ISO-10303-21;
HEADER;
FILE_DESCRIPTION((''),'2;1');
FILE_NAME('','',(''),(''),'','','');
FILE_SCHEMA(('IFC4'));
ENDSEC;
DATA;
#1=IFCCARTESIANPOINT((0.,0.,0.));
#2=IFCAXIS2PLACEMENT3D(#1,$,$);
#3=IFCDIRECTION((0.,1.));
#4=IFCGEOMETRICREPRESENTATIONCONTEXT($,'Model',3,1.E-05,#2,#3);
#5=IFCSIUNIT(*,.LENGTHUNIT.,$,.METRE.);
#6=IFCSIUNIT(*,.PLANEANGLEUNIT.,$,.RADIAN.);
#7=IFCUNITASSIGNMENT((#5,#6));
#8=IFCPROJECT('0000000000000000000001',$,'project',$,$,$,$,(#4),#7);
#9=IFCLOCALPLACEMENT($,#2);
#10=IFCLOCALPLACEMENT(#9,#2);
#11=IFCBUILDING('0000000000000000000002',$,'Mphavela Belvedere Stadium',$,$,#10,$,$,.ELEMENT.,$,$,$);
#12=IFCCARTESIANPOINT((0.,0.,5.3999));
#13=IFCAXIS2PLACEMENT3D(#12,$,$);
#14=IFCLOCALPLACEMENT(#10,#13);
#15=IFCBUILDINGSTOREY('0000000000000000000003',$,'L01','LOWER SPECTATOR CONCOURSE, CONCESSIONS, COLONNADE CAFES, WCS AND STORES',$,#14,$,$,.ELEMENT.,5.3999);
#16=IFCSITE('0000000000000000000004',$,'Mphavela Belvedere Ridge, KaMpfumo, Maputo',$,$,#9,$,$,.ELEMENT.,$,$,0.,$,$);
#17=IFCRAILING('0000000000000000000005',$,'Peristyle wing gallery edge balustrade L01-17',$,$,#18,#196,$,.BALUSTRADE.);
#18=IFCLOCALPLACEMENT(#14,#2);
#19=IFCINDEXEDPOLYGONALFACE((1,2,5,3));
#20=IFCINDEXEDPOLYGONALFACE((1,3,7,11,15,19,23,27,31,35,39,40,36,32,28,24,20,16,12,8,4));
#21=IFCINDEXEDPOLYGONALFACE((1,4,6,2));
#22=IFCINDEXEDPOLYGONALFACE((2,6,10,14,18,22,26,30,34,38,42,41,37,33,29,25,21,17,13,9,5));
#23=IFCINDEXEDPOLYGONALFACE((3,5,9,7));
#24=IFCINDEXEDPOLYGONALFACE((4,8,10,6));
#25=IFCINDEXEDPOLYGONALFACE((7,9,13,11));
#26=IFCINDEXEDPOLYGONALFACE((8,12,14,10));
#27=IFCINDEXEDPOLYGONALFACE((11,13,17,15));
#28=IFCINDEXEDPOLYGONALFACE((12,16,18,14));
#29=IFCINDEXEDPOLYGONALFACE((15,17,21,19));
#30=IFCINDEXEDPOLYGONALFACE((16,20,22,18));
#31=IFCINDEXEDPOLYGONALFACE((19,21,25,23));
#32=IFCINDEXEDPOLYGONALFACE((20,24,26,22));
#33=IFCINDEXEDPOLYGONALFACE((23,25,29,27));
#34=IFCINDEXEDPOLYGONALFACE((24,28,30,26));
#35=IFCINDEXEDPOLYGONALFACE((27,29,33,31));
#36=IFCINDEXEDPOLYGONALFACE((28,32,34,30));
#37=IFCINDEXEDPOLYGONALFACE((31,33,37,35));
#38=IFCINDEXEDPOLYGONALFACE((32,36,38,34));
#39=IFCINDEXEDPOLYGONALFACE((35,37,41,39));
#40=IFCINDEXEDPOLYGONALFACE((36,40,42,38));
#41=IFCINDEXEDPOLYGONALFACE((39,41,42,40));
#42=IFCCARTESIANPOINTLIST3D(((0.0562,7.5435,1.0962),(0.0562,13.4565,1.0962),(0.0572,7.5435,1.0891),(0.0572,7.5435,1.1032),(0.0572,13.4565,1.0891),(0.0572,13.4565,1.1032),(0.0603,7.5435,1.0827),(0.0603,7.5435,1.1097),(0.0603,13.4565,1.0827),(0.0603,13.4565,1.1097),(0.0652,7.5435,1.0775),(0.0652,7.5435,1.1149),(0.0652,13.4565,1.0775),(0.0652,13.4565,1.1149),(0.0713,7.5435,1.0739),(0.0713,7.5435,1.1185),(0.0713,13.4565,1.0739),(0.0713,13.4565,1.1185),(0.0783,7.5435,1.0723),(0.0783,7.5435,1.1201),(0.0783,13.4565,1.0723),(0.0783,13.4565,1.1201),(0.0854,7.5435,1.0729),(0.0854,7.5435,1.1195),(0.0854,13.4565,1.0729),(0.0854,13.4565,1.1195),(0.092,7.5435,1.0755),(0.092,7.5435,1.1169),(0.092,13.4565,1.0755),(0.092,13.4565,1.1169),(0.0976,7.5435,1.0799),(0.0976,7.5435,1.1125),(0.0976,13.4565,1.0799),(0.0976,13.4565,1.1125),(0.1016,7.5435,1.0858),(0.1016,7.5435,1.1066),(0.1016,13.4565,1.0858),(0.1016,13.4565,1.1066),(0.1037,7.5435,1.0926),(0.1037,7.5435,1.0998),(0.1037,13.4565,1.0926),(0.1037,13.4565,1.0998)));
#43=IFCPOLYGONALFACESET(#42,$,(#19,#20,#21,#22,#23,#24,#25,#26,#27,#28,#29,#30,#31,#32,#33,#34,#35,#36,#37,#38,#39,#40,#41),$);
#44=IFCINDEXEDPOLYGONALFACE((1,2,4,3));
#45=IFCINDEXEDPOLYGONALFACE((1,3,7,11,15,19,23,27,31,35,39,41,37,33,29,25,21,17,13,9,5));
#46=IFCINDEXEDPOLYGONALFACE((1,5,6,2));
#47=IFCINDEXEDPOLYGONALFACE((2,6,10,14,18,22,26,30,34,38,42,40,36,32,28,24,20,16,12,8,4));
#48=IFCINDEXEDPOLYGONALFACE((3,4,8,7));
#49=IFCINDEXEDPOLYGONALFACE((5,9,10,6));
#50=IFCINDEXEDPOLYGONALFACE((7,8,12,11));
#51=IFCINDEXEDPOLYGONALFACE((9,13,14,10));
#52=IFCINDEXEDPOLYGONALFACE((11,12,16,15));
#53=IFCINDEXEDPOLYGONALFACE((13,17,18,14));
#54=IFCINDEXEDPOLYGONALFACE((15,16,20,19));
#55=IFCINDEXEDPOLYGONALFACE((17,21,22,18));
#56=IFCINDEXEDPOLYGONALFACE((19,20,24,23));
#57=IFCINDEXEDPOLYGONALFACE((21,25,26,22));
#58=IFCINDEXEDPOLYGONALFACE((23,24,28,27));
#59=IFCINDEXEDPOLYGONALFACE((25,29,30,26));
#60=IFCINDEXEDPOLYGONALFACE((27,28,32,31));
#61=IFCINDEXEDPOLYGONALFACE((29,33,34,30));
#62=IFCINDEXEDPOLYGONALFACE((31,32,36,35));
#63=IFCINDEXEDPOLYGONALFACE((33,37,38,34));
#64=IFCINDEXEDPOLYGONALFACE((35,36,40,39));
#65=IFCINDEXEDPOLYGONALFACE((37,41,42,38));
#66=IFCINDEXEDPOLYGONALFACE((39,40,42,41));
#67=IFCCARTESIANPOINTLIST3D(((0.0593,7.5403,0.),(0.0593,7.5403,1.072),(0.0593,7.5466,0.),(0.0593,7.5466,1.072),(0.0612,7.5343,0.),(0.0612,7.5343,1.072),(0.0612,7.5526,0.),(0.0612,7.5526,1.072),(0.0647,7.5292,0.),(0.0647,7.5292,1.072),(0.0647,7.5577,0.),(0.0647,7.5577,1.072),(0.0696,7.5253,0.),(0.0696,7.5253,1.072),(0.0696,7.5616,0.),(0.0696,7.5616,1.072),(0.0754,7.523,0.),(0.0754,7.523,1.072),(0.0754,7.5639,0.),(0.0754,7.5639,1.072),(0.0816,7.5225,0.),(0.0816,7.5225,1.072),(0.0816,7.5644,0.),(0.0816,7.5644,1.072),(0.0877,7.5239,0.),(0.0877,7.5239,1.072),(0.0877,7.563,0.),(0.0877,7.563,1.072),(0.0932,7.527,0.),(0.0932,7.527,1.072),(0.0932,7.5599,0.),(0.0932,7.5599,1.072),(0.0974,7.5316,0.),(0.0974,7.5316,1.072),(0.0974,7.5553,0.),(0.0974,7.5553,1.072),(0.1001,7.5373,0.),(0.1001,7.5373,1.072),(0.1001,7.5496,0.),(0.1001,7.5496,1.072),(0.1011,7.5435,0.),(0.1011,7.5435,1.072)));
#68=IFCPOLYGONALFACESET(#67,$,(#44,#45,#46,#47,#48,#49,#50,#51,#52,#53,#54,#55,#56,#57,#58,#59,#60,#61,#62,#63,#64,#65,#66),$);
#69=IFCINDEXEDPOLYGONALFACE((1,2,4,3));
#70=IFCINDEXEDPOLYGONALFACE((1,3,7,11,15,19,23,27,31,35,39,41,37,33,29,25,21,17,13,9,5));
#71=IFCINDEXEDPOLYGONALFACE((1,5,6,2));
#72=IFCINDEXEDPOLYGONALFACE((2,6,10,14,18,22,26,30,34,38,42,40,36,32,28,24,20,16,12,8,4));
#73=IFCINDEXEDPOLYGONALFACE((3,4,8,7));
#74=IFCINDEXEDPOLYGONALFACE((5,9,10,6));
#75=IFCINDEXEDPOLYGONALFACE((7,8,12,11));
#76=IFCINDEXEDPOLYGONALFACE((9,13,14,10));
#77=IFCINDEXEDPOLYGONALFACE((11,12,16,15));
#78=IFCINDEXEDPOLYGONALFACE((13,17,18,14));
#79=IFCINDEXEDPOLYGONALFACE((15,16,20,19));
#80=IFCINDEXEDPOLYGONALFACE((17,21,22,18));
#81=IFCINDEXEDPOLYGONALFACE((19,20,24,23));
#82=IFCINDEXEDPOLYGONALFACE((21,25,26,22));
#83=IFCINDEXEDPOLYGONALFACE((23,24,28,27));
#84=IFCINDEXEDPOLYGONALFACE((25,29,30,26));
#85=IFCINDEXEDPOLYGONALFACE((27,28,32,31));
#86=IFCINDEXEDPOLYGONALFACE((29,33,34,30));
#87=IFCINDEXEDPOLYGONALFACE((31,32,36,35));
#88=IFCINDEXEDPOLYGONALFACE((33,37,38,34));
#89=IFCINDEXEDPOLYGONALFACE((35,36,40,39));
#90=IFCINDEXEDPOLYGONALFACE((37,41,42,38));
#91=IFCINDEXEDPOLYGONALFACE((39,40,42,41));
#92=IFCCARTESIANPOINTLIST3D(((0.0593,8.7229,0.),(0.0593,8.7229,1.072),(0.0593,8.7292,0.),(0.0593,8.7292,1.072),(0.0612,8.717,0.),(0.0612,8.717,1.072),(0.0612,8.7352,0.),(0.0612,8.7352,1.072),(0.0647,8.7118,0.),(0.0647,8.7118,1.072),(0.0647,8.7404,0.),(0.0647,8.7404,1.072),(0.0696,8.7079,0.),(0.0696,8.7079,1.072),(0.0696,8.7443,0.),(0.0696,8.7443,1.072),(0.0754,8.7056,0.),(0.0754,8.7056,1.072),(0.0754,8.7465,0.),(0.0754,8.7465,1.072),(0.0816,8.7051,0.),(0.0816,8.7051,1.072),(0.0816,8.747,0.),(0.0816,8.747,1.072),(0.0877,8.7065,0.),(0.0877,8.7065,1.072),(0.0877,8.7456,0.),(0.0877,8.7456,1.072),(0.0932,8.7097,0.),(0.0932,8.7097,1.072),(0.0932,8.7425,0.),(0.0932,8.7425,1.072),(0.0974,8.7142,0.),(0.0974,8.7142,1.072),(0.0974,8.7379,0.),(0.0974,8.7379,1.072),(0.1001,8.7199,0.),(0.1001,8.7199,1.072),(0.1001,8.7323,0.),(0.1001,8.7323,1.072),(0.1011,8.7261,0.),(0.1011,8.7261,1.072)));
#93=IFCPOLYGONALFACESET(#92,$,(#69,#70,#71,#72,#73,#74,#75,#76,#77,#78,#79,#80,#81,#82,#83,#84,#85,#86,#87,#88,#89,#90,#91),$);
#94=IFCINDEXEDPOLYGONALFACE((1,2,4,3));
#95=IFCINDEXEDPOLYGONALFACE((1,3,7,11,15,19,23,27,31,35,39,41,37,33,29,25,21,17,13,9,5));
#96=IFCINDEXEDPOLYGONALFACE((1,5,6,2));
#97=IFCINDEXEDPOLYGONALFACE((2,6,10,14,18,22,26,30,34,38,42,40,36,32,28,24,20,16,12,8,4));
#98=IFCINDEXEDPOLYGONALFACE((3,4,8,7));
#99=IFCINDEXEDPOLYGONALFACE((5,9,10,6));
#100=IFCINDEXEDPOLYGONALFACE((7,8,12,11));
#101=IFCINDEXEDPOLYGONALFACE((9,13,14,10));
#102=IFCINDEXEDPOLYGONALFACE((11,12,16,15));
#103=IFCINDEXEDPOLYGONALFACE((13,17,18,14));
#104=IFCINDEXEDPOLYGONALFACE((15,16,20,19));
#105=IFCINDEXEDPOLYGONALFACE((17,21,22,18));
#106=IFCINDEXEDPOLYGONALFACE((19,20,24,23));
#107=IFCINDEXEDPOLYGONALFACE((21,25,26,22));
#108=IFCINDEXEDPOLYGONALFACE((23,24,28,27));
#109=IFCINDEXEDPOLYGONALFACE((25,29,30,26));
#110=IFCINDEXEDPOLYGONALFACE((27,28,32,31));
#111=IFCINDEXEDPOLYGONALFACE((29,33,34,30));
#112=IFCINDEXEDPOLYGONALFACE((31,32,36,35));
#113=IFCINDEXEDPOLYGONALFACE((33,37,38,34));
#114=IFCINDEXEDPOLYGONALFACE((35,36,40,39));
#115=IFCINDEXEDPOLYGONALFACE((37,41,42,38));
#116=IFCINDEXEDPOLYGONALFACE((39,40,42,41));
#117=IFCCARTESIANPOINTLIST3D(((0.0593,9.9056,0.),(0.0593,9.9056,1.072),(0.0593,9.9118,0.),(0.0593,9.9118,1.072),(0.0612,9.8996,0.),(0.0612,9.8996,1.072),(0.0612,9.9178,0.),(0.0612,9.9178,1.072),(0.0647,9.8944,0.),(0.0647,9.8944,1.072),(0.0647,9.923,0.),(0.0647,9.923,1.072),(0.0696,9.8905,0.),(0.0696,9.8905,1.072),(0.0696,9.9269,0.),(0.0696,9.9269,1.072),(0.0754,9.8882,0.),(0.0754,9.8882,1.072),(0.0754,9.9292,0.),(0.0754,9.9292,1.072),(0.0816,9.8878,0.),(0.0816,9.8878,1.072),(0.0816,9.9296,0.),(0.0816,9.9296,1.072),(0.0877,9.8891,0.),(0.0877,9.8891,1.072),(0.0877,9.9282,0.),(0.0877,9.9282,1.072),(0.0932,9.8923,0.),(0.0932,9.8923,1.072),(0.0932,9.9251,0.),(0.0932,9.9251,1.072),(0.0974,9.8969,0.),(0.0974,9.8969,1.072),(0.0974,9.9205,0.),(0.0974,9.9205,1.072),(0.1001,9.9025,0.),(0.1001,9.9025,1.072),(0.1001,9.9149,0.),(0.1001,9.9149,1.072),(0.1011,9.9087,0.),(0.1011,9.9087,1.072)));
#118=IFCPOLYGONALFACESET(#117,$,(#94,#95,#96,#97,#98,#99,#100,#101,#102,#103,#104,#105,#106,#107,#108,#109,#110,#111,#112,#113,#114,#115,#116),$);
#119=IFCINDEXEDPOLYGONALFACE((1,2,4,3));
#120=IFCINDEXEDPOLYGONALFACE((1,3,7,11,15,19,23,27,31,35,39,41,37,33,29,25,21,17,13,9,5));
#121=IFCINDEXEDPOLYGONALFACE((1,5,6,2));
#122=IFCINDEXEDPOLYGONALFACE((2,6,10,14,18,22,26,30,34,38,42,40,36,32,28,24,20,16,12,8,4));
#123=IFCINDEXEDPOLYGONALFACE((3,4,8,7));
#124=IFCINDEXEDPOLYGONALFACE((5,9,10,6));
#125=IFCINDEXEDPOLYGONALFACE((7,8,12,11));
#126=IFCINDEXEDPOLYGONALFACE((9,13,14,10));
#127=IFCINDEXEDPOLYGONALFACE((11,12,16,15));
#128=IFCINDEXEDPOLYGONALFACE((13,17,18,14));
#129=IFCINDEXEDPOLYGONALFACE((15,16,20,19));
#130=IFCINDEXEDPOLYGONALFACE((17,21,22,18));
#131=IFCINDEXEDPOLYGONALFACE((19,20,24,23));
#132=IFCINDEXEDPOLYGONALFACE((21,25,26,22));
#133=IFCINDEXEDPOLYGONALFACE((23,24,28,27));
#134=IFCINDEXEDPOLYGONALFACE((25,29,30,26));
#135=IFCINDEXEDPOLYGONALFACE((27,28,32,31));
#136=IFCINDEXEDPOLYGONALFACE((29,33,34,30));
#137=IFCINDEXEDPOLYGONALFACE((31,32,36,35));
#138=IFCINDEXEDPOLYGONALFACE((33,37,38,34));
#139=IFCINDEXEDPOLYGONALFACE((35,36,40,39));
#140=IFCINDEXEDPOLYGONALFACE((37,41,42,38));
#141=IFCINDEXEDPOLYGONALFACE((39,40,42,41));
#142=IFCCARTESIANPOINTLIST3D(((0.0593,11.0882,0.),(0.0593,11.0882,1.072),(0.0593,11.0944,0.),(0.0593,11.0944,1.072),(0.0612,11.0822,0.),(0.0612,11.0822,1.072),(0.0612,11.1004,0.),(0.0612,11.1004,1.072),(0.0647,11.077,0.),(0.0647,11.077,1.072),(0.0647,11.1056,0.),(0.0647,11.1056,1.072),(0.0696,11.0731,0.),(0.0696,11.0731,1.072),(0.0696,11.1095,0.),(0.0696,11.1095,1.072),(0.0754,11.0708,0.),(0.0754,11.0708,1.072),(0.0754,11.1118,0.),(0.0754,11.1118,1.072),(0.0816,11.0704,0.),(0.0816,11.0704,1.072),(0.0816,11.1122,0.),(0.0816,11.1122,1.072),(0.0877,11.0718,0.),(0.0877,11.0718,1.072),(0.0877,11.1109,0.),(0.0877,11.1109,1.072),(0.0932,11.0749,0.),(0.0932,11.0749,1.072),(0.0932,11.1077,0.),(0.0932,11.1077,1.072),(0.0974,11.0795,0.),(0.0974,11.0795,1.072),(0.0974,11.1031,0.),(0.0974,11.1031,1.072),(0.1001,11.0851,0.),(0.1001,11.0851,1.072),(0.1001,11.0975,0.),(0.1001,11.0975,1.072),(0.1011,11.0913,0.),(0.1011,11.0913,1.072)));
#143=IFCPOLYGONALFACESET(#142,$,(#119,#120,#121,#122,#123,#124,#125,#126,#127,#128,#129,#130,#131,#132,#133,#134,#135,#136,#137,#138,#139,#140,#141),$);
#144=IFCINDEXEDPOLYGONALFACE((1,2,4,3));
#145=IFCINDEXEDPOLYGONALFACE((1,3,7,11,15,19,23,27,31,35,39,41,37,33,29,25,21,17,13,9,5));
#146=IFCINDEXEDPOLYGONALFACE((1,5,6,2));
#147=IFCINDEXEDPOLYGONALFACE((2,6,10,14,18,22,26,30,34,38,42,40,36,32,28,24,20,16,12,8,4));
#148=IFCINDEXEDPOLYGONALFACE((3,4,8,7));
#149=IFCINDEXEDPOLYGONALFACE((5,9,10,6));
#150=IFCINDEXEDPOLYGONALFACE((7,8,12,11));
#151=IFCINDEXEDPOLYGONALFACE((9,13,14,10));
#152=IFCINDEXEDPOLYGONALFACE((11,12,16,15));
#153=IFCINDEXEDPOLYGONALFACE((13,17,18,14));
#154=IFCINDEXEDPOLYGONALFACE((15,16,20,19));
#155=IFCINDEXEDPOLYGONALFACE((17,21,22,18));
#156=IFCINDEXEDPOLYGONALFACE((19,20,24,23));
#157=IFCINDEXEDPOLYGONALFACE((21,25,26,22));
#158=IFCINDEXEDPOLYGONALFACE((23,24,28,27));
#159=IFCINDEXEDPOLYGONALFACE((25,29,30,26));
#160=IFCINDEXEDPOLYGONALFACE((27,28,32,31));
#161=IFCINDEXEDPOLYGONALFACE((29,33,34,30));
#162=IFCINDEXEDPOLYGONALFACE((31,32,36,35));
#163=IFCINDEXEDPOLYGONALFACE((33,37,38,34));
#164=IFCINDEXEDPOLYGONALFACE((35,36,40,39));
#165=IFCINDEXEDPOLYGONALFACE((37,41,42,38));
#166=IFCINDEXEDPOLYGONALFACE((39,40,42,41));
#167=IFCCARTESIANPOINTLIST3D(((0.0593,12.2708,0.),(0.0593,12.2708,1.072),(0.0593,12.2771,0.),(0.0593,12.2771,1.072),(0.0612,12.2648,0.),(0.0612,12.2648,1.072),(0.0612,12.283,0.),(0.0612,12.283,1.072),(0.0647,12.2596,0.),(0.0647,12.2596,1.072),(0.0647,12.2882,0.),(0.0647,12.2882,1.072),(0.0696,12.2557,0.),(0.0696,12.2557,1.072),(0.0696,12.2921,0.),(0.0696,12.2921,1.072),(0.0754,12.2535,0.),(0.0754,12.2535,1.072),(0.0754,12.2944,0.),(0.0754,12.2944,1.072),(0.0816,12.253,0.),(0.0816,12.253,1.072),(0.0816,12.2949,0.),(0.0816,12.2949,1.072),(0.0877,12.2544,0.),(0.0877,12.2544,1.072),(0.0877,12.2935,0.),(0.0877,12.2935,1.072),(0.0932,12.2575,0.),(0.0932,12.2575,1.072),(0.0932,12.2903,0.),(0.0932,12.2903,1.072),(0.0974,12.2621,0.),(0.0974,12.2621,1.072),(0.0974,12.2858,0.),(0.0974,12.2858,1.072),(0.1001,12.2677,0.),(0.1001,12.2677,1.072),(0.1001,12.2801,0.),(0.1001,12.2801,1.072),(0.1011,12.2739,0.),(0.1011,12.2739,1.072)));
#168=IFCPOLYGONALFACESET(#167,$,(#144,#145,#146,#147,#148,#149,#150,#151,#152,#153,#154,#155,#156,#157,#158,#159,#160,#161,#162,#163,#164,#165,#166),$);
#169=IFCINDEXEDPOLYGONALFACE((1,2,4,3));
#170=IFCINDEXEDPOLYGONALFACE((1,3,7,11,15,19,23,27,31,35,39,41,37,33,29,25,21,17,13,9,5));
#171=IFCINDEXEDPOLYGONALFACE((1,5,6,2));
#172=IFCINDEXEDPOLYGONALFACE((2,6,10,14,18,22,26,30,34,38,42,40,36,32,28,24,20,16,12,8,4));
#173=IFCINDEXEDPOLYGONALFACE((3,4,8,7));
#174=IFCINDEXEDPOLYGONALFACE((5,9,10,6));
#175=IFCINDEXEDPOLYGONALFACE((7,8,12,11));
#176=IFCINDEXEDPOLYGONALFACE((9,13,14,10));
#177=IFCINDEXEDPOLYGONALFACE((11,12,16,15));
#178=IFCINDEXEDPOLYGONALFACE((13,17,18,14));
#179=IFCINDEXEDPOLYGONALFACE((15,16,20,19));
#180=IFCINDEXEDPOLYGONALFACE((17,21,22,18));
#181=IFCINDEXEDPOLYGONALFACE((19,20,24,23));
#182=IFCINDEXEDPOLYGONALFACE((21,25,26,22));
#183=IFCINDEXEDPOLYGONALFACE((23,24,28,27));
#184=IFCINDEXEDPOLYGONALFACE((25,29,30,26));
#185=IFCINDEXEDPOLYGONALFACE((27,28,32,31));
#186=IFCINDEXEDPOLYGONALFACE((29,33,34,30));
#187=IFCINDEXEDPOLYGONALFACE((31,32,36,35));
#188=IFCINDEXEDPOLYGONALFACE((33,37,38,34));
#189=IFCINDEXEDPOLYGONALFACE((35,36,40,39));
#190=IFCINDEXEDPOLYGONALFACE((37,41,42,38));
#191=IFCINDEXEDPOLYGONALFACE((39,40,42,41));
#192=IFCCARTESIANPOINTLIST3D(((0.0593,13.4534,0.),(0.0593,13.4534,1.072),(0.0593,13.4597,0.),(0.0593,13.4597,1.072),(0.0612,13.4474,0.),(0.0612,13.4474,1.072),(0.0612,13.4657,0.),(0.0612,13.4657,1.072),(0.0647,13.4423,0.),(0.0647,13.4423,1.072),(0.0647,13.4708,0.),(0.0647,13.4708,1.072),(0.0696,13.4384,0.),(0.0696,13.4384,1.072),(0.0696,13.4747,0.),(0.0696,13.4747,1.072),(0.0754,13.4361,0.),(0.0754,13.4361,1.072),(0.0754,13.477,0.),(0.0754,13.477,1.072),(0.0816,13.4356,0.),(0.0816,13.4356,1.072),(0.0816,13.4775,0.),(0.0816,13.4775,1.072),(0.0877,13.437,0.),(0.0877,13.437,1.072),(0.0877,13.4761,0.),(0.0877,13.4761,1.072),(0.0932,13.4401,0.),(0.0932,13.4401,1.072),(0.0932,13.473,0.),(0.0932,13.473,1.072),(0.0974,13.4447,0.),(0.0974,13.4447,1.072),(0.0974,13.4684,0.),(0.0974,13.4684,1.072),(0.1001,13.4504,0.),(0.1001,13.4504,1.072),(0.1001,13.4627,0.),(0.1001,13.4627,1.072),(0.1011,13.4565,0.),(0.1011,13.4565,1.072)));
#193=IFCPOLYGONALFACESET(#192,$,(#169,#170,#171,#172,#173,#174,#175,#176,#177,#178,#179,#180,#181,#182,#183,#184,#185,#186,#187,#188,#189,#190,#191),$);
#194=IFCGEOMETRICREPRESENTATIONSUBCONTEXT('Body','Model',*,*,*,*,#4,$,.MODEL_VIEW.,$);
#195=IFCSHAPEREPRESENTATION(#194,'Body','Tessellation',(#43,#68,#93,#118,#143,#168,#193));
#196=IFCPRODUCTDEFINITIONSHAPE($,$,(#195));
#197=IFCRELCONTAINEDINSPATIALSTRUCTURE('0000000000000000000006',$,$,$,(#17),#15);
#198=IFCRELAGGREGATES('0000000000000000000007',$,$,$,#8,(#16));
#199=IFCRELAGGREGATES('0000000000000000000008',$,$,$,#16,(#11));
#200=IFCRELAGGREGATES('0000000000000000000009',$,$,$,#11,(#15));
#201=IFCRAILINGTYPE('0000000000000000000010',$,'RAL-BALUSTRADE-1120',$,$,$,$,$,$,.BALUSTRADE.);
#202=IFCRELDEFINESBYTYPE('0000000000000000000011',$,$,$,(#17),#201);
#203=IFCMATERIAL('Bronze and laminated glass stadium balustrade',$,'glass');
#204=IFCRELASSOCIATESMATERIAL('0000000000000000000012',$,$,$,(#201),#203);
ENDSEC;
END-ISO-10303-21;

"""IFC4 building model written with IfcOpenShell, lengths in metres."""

from ifc_helpers import new_model, si_unit, direction, frame, origin, origin_2d, place, context, subcontext, project, spatial, circle, extrude, material, type_object, element, save


model = new_model("IFC4")

# Units and contexts
model_context = context("Model", 3, precision=1e-05, world=origin(), true_north=direction((0.0, 1.0)))
body_context = subcontext(model_context, "Body", "Model", "MODEL_VIEW")
ifc_project = project(units=[si_unit("LENGTHUNIT", "METRE"), si_unit("PLANEANGLEUNIT", "RADIAN")], contexts=[model_context])

# Site, building, storey
site_placement = place(None, origin())
site = spatial("IfcSite", under=ifc_project, at=site_placement, Name="Mphavela Belvedere Ridge, KaMpfumo, Maputo", CompositionType="ELEMENT", RefElevation=0.0)
building_placement = place(site_placement, origin())
building = spatial("IfcBuilding", under=site, at=building_placement, Name="Mphavela Belvedere Stadium", CompositionType="ELEMENT")
storey_placement = place(building_placement, frame((0.0, 0.0, 5.3999)))
storey = spatial("IfcBuildingStorey", under=building, at=storey_placement, Name="L01", Description="LOWER SPECTATOR CONCOURSE, CONCESSIONS, COLONNADE CAFES, WCS AND STORES", CompositionType="ELEMENT", Elevation=5.3999)

# Railing
ifc_material_1 = material(Name="Bronze and laminated glass stadium balustrade", Category="glass")
railing_type = type_object("IfcRailingType", Name="RAL-BALUSTRADE-1120", PredefinedType="BALUSTRADE", material=ifc_material_1)
for number, where, name in (
    (1, (0.0801, 7.5435, 0.0), "Peristyle wing gallery edge balustrade L01-17"),
):
    element("IfcRailing", number, at=place(storey_placement, frame(where)), inside=storey, type_object=railing_type, Name=name, PredefinedType="BALUSTRADE", context=body_context, shape_type="SweptSolid", body=[
        extrude(circle(Radius=0.0239, at=origin_2d()), frame((0.0, 0.0, 1.0962), z_axis=(0.0, 1.0, 0.0), x_axis=(-1.0, 0.0, 0.0)), (0.0, 0.0, 1.0), 5.9131),
        extrude(circle(Radius=0.021, at=origin_2d()), origin(), (0.0, 0.0, 1.0), 1.072),
        extrude(circle(Radius=0.021, at=origin_2d()), frame((0.0, 1.1826, 0.0)), (0.0, 0.0, 1.0), 1.072),
        extrude(circle(Radius=0.021, at=origin_2d()), frame((0.0, 2.3652, 0.0)), (0.0, 0.0, 1.0), 1.072),
        extrude(circle(Radius=0.021, at=origin_2d()), frame((0.0, 3.5479, 0.0)), (0.0, 0.0, 1.0), 1.072),
        extrude(circle(Radius=0.021, at=origin_2d()), frame((0.0, 4.7305, 0.0)), (0.0, 0.0, 1.0), 1.072),
        extrude(circle(Radius=0.021, at=origin_2d()), frame((0.0, 5.9131, 0.0)), (0.0, 0.0, 1.0), 1.072),
    ])

save(model, "model.ifc")
